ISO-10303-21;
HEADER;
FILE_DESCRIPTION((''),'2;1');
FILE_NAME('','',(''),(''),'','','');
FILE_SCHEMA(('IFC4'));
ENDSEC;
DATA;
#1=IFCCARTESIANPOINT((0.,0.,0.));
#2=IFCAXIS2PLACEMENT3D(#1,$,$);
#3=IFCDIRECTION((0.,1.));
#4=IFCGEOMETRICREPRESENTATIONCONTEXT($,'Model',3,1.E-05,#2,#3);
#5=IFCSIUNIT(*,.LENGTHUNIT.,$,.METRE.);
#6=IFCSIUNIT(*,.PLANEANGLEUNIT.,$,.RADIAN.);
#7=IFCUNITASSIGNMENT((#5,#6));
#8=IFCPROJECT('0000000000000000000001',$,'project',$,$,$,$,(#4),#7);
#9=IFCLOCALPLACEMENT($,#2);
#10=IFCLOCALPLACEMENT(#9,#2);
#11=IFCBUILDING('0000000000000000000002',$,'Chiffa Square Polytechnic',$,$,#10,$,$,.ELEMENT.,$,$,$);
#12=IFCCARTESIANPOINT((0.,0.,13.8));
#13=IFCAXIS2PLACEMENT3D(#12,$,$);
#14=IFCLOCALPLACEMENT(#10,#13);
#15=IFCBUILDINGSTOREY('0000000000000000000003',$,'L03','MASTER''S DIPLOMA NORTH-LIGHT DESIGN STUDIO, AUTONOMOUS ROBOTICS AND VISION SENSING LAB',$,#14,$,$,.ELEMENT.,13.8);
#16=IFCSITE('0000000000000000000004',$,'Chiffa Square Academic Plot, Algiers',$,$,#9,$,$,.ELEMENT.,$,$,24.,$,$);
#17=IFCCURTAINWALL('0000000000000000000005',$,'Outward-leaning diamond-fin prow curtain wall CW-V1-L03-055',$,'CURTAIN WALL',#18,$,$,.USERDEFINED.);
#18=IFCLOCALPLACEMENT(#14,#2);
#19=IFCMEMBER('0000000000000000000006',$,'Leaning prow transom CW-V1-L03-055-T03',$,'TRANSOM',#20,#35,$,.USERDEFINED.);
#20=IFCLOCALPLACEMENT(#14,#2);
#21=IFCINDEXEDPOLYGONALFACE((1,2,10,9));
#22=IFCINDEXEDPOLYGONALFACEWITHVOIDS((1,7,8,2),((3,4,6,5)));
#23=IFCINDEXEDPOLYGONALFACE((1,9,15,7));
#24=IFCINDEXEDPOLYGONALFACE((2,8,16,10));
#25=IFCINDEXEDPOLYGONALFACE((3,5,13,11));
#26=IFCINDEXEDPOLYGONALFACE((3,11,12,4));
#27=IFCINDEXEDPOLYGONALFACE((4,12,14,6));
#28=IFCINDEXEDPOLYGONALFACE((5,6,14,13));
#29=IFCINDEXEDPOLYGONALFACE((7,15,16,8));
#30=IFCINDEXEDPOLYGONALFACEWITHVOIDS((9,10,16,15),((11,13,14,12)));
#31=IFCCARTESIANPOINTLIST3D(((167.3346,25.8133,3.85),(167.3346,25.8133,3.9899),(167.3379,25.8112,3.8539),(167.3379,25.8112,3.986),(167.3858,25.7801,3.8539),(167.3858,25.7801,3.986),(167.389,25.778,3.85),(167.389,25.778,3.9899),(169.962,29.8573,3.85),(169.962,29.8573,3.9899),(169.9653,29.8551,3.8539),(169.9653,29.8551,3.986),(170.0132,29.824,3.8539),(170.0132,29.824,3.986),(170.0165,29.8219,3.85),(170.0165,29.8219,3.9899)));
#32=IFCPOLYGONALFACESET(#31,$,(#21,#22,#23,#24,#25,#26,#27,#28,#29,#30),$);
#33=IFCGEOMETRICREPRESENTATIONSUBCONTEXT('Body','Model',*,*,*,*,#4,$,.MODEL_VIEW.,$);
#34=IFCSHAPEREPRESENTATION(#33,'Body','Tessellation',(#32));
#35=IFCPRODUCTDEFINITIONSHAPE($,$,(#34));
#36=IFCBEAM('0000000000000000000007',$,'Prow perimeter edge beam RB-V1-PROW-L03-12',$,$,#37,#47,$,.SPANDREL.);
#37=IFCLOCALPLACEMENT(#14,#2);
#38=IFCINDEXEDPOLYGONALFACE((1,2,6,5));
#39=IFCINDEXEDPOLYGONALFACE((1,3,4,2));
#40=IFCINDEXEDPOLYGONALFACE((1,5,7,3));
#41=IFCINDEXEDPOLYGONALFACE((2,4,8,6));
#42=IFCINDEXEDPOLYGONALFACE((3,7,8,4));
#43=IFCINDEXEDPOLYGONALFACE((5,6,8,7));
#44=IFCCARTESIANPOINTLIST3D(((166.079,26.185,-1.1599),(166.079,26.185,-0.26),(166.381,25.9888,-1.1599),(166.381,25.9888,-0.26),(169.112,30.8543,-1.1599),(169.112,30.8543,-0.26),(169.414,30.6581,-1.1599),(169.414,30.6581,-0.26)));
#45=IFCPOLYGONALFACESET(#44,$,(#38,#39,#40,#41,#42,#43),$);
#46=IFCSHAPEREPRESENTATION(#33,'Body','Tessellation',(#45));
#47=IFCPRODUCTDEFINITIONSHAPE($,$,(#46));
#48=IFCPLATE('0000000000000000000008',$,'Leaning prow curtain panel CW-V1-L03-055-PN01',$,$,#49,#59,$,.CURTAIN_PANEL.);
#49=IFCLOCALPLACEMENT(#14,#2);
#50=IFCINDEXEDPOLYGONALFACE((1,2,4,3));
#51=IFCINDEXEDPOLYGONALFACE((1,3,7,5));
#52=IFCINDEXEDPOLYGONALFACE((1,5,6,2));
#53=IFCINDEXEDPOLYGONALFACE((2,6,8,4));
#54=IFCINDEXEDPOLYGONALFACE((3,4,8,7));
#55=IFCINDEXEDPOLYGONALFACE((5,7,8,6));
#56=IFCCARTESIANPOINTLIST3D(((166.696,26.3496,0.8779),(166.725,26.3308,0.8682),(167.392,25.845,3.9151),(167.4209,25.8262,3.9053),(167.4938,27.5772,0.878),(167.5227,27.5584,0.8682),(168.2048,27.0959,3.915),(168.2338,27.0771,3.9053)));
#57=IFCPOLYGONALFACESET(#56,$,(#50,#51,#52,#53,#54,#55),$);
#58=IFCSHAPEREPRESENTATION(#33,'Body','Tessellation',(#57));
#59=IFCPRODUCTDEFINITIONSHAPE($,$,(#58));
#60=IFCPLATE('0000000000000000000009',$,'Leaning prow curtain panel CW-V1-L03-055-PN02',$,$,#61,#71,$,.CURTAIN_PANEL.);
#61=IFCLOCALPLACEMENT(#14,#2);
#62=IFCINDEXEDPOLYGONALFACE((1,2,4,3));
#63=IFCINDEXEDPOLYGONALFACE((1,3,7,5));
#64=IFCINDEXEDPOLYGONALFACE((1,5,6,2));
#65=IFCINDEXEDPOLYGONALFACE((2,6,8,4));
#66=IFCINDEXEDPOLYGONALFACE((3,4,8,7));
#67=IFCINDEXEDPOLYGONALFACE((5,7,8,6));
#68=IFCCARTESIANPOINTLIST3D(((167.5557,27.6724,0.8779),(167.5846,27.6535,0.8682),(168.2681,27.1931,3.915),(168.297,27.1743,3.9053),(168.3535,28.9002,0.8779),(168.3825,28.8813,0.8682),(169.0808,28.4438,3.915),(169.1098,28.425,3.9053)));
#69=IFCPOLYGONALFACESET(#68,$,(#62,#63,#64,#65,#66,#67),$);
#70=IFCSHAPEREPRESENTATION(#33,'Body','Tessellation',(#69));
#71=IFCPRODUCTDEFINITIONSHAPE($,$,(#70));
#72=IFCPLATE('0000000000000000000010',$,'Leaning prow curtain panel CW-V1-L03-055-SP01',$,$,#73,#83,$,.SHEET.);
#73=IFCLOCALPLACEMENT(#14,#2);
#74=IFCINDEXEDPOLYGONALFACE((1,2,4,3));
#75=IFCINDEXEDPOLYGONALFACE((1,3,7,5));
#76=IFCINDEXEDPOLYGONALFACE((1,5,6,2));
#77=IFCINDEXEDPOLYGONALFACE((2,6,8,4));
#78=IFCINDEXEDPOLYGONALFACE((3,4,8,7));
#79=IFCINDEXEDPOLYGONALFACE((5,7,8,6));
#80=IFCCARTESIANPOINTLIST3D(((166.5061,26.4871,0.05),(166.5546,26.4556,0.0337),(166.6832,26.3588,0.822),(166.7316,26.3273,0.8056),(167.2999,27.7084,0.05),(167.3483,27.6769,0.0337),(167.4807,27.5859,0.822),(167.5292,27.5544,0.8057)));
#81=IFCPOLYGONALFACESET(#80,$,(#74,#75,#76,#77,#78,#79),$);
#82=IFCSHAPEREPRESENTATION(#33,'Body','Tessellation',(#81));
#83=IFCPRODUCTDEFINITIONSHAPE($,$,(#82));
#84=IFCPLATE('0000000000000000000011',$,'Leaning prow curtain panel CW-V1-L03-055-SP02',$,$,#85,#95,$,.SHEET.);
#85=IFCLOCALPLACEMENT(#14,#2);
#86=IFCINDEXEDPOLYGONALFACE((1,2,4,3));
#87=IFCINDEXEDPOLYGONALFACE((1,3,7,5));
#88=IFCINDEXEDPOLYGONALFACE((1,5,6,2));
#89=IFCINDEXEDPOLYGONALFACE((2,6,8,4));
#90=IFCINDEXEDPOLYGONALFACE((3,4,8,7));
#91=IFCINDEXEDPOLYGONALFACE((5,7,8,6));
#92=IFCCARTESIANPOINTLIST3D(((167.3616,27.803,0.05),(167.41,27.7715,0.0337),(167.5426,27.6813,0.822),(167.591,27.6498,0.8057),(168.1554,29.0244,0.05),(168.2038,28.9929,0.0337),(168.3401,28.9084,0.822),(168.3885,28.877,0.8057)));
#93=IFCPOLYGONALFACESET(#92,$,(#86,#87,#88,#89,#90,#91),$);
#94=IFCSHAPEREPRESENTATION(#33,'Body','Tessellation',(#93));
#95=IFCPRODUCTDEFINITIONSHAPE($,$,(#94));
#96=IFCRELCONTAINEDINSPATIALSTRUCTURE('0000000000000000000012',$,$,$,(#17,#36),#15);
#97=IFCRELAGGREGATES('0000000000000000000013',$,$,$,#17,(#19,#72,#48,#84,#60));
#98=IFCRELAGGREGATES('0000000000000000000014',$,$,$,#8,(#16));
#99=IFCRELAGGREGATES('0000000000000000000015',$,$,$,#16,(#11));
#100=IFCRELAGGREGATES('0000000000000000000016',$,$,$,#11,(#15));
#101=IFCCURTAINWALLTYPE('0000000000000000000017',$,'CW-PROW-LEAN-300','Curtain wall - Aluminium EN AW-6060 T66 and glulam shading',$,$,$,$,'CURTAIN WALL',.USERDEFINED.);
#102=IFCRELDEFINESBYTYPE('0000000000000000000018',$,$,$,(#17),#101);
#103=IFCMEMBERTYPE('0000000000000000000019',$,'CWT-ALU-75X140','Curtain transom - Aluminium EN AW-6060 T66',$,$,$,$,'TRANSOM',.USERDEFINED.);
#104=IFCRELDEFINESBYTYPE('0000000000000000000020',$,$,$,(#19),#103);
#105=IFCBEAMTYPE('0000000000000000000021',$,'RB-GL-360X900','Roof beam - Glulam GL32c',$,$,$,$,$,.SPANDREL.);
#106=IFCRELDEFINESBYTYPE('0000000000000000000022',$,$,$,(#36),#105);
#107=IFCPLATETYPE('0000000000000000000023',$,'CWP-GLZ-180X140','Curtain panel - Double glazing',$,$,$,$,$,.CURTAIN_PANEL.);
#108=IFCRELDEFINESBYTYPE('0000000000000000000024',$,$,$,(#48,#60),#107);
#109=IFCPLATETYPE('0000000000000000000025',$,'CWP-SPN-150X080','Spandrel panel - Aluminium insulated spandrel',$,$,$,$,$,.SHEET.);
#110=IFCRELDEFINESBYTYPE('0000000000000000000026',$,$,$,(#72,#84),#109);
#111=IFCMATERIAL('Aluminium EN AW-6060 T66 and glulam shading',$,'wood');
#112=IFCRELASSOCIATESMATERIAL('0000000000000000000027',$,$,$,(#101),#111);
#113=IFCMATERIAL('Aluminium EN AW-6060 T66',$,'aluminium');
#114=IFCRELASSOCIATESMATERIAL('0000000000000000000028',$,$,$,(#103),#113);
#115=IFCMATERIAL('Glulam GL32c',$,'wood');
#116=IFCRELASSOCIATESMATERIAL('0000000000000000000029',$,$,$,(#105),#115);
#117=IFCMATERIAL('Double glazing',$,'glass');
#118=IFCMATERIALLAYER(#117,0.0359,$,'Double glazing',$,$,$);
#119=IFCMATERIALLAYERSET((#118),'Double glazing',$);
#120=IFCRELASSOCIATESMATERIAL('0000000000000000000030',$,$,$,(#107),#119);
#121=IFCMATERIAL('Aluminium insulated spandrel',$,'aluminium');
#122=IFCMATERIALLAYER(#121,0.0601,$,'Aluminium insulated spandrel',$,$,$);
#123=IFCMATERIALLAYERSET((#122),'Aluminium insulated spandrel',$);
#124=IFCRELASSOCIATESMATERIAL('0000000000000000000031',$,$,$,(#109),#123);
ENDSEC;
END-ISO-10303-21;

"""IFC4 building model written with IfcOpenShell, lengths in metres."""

from ifc_helpers import new_model, si_unit, direction, frame, origin, origin_2d, place, context, subcontext, project, spatial, polyline, rectangle, hollow_rectangle, outline, extrude, material, layer, layer_set, material_profile, profile_set, type_object, element, aggregate, save


model = new_model("IFC4")

# Units and contexts
model_context = context("Model", 3, precision=1e-05, world=origin(), true_north=direction((0.0, 1.0)))
body_context = subcontext(model_context, "Body", "Model", "MODEL_VIEW")
ifc_project = project(units=[si_unit("LENGTHUNIT", "METRE"), si_unit("PLANEANGLEUNIT", "RADIAN")], contexts=[model_context])

# Site, building, storey
site_placement = place(None, origin())
site = spatial("IfcSite", under=ifc_project, at=site_placement, Name="Chiffa Square Academic Plot, Algiers", CompositionType="ELEMENT", RefElevation=24.0)
building_placement = place(site_placement, origin())
building = spatial("IfcBuilding", under=site, at=building_placement, Name="Chiffa Square Polytechnic", CompositionType="ELEMENT")
storey_placement = place(building_placement, frame((0.0, 0.0, 13.8)))
storey = spatial("IfcBuildingStorey", under=building, at=storey_placement, Name="L03", Description="MASTER'S DIPLOMA NORTH-LIGHT DESIGN STUDIO, AUTONOMOUS ROBOTICS AND VISION SENSING LAB", CompositionType="ELEMENT", Elevation=13.8)

# Shared definitions
ifc_material_1 = material(Name="Glulam GL32c", Category="wood")

# Shared definitions
ifc_material_2 = material(Name="Aluminium EN AW-6060 T66 and glulam shading", Category="wood")
ifc_material_3 = material(Name="Aluminium EN AW-6060 T66", Category="aluminium")

# Curtain wall
curtain_wall_type_1 = type_object("IfcCurtainWallType", Name="CW-PROW-LEAN-300", Description="Curtain wall - Aluminium EN AW-6060 T66 and glulam shading", ElementType="CURTAIN WALL", PredefinedType="USERDEFINED", material=ifc_material_2)
curtain_wall_1_placement = place(storey_placement, origin())
curtain_wall_1 = element("IfcCurtainWall", 1, at=curtain_wall_1_placement, inside=storey, type_object=curtain_wall_type_1, Name="Outward-leaning diamond-fin prow curtain wall CW-V1-L03-055", ObjectType="CURTAIN WALL", PredefinedType="USERDEFINED")

# Member
ifc_material_profile_1 = material_profile(ifc_material_3, hollow_rectangle(XDim=0.0649, YDim=0.1399, WallThickness=0.0039, at=origin_2d()), Name="ALU 65x140x4")
ifc_profile_set_1 = profile_set([ifc_material_profile_1], Name="Aluminium EN AW-6060 T66")
member_type_1 = type_object("IfcMemberType", Name="CWT-ALU-75X140", Description="Curtain transom - Aluminium EN AW-6060 T66", ElementType="TRANSOM", PredefinedType="USERDEFINED", material=ifc_profile_set_1)
member_1_placement = place(storey_placement, frame((167.3618, 25.7957, 3.9199), z_axis=(0.544825, 0.83855, 0.0), x_axis=(-0.83855, 0.544825, 0.0)))
member_1 = element("IfcMember", 2, at=member_1_placement, type_object=member_type_1, Name="Leaning prow transom CW-V1-L03-055-T03", ObjectType="TRANSOM", PredefinedType="USERDEFINED", context=body_context, shape_type="SweptSolid", body=[
    extrude(hollow_rectangle(XDim=0.0649, YDim=0.1399, WallThickness=0.0039, at=origin_2d()), origin(), (0.0, 0.0, 1.0), 4.8225),
])

# Beam
ifc_material_profile_2 = material_profile(ifc_material_1, rectangle(XDim=0.3601, YDim=0.8999, at=origin_2d()), Name="GL32c 360x900")
ifc_profile_set_2 = profile_set([ifc_material_profile_2], Name="Glulam GL32c")
beam_type = type_object("IfcBeamType", Name="RB-GL-360X900", Description="Roof beam - Glulam GL32c", PredefinedType="SPANDREL", material=ifc_profile_set_2)
beam_placement = place(storey_placement, frame((166.23, 26.0869, -0.71), z_axis=(0.544734, 0.838609, 0.0), x_axis=(-0.838609, 0.544734, 0.0)))
element("IfcBeam", 3, at=beam_placement, inside=storey, type_object=beam_type, Name="Prow perimeter edge beam RB-V1-PROW-L03-12", PredefinedType="SPANDREL", context=body_context, shape_type="SweptSolid", body=[
    extrude(rectangle(XDim=0.3601, YDim=0.8999, at=origin_2d()), origin(), (0.0, 0.0, 1.0), 5.5679),
])

# Plates
ifc_material_4 = material(Name="Double glazing", Category="glass")
ifc_layer_1 = layer(ifc_material_4, 0.0359, Name="Double glazing")
ifc_layer_set_1 = layer_set([ifc_layer_1], Name="Double glazing")
plate_type_1 = type_object("IfcPlateType", Name="CWP-GLZ-180X140", Description="Curtain panel - Double glazing", PredefinedType="CURTAIN_PANEL", material=ifc_layer_set_1)
plate_1_placement = place(storey_placement, frame((166.696, 26.3496, 0.8779), z_axis=(-0.806897, 0.52434, 0.272003), x_axis=(0.54489, 0.838508, 0.000025)))
plate_1 = element("IfcPlate", 4, at=plate_1_placement, type_object=plate_type_1, Name="Leaning prow curtain panel CW-V1-L03-055-PN01", PredefinedType="CURTAIN_PANEL", context=body_context, shape_type="SweptSolid", body=[
    extrude(outline(polyline([(0.0, 0.0), (1.464, 0.0), (1.448, -3.1561), (-0.0438, -3.1561), (0.0, 0.0)])), origin(), (0.0, 0.0, -1.0), 0.0359),
])
plate_2_placement = place(storey_placement, frame((167.5557, 27.6724, 0.8779), z_axis=(-0.806896, 0.524339, 0.272007), x_axis=(0.544884, 0.838511, 0.000002)))
plate_2 = element("IfcPlate", 5, at=plate_2_placement, type_object=plate_type_1, Name="Leaning prow curtain panel CW-V1-L03-055-PN02", PredefinedType="CURTAIN_PANEL", context=body_context, shape_type="SweptSolid", body=[
    extrude(outline(polyline([(0.0, 0.0), (1.4642, 0.0), (1.4779, -3.1561), (-0.0137, -3.1561), (0.0, 0.0)])), origin(), (0.0, 0.0, -1.0), 0.0359),
])
ifc_material_5 = material(Name="Aluminium insulated spandrel", Category="aluminium")
ifc_layer_2 = layer(ifc_material_5, 0.0601, Name="Aluminium insulated spandrel")
ifc_layer_set_2 = layer_set([ifc_layer_2], Name="Aluminium insulated spandrel")
plate_type_2 = type_object("IfcPlateType", Name="CWP-SPN-150X080", Description="Spandrel panel - Aluminium insulated spandrel", PredefinedType="SHEET", material=ifc_layer_set_2)
plate_3_placement = place(storey_placement, frame((166.5061, 26.4871, 0.05), z_axis=(-0.806819, 0.524364, 0.272188), x_axis=(0.544934, 0.838479, -0.000019)))
plate_3 = element("IfcPlate", 6, at=plate_3_placement, type_object=plate_type_2, Name="Leaning prow curtain panel CW-V1-L03-055-SP01", PredefinedType="SHEET", context=body_context, shape_type="SweptSolid", body=[
    extrude(outline(polyline([(0.0, 0.0), (1.4567, 0.0), (1.4525, -0.8023), (-0.011, -0.8022), (0.0, 0.0)])), origin(), (0.0, 0.0, -1.0), 0.0601),
])
plate_4_placement = place(storey_placement, frame((167.3616, 27.803, 0.05), z_axis=(-0.806905, 0.52442, 0.271822), x_axis=(0.544934, 0.838479, -0.000019)))
plate_4 = element("IfcPlate", 7, at=plate_4_placement, type_object=plate_type_2, Name="Leaning prow curtain panel CW-V1-L03-055-SP02", PredefinedType="SHEET", context=body_context, shape_type="SweptSolid", body=[
    extrude(outline(polyline([(0.0, 0.0), (1.4567, 0.0), (1.4601, -0.8022), (-0.0034, -0.8021), (0.0, 0.0)])), origin(), (0.0, 0.0, -1.0), 0.0601),
])
aggregate(curtain_wall_1, [member_1, plate_3, plate_1, plate_4, plate_2])

save(model, "model.ifc")
